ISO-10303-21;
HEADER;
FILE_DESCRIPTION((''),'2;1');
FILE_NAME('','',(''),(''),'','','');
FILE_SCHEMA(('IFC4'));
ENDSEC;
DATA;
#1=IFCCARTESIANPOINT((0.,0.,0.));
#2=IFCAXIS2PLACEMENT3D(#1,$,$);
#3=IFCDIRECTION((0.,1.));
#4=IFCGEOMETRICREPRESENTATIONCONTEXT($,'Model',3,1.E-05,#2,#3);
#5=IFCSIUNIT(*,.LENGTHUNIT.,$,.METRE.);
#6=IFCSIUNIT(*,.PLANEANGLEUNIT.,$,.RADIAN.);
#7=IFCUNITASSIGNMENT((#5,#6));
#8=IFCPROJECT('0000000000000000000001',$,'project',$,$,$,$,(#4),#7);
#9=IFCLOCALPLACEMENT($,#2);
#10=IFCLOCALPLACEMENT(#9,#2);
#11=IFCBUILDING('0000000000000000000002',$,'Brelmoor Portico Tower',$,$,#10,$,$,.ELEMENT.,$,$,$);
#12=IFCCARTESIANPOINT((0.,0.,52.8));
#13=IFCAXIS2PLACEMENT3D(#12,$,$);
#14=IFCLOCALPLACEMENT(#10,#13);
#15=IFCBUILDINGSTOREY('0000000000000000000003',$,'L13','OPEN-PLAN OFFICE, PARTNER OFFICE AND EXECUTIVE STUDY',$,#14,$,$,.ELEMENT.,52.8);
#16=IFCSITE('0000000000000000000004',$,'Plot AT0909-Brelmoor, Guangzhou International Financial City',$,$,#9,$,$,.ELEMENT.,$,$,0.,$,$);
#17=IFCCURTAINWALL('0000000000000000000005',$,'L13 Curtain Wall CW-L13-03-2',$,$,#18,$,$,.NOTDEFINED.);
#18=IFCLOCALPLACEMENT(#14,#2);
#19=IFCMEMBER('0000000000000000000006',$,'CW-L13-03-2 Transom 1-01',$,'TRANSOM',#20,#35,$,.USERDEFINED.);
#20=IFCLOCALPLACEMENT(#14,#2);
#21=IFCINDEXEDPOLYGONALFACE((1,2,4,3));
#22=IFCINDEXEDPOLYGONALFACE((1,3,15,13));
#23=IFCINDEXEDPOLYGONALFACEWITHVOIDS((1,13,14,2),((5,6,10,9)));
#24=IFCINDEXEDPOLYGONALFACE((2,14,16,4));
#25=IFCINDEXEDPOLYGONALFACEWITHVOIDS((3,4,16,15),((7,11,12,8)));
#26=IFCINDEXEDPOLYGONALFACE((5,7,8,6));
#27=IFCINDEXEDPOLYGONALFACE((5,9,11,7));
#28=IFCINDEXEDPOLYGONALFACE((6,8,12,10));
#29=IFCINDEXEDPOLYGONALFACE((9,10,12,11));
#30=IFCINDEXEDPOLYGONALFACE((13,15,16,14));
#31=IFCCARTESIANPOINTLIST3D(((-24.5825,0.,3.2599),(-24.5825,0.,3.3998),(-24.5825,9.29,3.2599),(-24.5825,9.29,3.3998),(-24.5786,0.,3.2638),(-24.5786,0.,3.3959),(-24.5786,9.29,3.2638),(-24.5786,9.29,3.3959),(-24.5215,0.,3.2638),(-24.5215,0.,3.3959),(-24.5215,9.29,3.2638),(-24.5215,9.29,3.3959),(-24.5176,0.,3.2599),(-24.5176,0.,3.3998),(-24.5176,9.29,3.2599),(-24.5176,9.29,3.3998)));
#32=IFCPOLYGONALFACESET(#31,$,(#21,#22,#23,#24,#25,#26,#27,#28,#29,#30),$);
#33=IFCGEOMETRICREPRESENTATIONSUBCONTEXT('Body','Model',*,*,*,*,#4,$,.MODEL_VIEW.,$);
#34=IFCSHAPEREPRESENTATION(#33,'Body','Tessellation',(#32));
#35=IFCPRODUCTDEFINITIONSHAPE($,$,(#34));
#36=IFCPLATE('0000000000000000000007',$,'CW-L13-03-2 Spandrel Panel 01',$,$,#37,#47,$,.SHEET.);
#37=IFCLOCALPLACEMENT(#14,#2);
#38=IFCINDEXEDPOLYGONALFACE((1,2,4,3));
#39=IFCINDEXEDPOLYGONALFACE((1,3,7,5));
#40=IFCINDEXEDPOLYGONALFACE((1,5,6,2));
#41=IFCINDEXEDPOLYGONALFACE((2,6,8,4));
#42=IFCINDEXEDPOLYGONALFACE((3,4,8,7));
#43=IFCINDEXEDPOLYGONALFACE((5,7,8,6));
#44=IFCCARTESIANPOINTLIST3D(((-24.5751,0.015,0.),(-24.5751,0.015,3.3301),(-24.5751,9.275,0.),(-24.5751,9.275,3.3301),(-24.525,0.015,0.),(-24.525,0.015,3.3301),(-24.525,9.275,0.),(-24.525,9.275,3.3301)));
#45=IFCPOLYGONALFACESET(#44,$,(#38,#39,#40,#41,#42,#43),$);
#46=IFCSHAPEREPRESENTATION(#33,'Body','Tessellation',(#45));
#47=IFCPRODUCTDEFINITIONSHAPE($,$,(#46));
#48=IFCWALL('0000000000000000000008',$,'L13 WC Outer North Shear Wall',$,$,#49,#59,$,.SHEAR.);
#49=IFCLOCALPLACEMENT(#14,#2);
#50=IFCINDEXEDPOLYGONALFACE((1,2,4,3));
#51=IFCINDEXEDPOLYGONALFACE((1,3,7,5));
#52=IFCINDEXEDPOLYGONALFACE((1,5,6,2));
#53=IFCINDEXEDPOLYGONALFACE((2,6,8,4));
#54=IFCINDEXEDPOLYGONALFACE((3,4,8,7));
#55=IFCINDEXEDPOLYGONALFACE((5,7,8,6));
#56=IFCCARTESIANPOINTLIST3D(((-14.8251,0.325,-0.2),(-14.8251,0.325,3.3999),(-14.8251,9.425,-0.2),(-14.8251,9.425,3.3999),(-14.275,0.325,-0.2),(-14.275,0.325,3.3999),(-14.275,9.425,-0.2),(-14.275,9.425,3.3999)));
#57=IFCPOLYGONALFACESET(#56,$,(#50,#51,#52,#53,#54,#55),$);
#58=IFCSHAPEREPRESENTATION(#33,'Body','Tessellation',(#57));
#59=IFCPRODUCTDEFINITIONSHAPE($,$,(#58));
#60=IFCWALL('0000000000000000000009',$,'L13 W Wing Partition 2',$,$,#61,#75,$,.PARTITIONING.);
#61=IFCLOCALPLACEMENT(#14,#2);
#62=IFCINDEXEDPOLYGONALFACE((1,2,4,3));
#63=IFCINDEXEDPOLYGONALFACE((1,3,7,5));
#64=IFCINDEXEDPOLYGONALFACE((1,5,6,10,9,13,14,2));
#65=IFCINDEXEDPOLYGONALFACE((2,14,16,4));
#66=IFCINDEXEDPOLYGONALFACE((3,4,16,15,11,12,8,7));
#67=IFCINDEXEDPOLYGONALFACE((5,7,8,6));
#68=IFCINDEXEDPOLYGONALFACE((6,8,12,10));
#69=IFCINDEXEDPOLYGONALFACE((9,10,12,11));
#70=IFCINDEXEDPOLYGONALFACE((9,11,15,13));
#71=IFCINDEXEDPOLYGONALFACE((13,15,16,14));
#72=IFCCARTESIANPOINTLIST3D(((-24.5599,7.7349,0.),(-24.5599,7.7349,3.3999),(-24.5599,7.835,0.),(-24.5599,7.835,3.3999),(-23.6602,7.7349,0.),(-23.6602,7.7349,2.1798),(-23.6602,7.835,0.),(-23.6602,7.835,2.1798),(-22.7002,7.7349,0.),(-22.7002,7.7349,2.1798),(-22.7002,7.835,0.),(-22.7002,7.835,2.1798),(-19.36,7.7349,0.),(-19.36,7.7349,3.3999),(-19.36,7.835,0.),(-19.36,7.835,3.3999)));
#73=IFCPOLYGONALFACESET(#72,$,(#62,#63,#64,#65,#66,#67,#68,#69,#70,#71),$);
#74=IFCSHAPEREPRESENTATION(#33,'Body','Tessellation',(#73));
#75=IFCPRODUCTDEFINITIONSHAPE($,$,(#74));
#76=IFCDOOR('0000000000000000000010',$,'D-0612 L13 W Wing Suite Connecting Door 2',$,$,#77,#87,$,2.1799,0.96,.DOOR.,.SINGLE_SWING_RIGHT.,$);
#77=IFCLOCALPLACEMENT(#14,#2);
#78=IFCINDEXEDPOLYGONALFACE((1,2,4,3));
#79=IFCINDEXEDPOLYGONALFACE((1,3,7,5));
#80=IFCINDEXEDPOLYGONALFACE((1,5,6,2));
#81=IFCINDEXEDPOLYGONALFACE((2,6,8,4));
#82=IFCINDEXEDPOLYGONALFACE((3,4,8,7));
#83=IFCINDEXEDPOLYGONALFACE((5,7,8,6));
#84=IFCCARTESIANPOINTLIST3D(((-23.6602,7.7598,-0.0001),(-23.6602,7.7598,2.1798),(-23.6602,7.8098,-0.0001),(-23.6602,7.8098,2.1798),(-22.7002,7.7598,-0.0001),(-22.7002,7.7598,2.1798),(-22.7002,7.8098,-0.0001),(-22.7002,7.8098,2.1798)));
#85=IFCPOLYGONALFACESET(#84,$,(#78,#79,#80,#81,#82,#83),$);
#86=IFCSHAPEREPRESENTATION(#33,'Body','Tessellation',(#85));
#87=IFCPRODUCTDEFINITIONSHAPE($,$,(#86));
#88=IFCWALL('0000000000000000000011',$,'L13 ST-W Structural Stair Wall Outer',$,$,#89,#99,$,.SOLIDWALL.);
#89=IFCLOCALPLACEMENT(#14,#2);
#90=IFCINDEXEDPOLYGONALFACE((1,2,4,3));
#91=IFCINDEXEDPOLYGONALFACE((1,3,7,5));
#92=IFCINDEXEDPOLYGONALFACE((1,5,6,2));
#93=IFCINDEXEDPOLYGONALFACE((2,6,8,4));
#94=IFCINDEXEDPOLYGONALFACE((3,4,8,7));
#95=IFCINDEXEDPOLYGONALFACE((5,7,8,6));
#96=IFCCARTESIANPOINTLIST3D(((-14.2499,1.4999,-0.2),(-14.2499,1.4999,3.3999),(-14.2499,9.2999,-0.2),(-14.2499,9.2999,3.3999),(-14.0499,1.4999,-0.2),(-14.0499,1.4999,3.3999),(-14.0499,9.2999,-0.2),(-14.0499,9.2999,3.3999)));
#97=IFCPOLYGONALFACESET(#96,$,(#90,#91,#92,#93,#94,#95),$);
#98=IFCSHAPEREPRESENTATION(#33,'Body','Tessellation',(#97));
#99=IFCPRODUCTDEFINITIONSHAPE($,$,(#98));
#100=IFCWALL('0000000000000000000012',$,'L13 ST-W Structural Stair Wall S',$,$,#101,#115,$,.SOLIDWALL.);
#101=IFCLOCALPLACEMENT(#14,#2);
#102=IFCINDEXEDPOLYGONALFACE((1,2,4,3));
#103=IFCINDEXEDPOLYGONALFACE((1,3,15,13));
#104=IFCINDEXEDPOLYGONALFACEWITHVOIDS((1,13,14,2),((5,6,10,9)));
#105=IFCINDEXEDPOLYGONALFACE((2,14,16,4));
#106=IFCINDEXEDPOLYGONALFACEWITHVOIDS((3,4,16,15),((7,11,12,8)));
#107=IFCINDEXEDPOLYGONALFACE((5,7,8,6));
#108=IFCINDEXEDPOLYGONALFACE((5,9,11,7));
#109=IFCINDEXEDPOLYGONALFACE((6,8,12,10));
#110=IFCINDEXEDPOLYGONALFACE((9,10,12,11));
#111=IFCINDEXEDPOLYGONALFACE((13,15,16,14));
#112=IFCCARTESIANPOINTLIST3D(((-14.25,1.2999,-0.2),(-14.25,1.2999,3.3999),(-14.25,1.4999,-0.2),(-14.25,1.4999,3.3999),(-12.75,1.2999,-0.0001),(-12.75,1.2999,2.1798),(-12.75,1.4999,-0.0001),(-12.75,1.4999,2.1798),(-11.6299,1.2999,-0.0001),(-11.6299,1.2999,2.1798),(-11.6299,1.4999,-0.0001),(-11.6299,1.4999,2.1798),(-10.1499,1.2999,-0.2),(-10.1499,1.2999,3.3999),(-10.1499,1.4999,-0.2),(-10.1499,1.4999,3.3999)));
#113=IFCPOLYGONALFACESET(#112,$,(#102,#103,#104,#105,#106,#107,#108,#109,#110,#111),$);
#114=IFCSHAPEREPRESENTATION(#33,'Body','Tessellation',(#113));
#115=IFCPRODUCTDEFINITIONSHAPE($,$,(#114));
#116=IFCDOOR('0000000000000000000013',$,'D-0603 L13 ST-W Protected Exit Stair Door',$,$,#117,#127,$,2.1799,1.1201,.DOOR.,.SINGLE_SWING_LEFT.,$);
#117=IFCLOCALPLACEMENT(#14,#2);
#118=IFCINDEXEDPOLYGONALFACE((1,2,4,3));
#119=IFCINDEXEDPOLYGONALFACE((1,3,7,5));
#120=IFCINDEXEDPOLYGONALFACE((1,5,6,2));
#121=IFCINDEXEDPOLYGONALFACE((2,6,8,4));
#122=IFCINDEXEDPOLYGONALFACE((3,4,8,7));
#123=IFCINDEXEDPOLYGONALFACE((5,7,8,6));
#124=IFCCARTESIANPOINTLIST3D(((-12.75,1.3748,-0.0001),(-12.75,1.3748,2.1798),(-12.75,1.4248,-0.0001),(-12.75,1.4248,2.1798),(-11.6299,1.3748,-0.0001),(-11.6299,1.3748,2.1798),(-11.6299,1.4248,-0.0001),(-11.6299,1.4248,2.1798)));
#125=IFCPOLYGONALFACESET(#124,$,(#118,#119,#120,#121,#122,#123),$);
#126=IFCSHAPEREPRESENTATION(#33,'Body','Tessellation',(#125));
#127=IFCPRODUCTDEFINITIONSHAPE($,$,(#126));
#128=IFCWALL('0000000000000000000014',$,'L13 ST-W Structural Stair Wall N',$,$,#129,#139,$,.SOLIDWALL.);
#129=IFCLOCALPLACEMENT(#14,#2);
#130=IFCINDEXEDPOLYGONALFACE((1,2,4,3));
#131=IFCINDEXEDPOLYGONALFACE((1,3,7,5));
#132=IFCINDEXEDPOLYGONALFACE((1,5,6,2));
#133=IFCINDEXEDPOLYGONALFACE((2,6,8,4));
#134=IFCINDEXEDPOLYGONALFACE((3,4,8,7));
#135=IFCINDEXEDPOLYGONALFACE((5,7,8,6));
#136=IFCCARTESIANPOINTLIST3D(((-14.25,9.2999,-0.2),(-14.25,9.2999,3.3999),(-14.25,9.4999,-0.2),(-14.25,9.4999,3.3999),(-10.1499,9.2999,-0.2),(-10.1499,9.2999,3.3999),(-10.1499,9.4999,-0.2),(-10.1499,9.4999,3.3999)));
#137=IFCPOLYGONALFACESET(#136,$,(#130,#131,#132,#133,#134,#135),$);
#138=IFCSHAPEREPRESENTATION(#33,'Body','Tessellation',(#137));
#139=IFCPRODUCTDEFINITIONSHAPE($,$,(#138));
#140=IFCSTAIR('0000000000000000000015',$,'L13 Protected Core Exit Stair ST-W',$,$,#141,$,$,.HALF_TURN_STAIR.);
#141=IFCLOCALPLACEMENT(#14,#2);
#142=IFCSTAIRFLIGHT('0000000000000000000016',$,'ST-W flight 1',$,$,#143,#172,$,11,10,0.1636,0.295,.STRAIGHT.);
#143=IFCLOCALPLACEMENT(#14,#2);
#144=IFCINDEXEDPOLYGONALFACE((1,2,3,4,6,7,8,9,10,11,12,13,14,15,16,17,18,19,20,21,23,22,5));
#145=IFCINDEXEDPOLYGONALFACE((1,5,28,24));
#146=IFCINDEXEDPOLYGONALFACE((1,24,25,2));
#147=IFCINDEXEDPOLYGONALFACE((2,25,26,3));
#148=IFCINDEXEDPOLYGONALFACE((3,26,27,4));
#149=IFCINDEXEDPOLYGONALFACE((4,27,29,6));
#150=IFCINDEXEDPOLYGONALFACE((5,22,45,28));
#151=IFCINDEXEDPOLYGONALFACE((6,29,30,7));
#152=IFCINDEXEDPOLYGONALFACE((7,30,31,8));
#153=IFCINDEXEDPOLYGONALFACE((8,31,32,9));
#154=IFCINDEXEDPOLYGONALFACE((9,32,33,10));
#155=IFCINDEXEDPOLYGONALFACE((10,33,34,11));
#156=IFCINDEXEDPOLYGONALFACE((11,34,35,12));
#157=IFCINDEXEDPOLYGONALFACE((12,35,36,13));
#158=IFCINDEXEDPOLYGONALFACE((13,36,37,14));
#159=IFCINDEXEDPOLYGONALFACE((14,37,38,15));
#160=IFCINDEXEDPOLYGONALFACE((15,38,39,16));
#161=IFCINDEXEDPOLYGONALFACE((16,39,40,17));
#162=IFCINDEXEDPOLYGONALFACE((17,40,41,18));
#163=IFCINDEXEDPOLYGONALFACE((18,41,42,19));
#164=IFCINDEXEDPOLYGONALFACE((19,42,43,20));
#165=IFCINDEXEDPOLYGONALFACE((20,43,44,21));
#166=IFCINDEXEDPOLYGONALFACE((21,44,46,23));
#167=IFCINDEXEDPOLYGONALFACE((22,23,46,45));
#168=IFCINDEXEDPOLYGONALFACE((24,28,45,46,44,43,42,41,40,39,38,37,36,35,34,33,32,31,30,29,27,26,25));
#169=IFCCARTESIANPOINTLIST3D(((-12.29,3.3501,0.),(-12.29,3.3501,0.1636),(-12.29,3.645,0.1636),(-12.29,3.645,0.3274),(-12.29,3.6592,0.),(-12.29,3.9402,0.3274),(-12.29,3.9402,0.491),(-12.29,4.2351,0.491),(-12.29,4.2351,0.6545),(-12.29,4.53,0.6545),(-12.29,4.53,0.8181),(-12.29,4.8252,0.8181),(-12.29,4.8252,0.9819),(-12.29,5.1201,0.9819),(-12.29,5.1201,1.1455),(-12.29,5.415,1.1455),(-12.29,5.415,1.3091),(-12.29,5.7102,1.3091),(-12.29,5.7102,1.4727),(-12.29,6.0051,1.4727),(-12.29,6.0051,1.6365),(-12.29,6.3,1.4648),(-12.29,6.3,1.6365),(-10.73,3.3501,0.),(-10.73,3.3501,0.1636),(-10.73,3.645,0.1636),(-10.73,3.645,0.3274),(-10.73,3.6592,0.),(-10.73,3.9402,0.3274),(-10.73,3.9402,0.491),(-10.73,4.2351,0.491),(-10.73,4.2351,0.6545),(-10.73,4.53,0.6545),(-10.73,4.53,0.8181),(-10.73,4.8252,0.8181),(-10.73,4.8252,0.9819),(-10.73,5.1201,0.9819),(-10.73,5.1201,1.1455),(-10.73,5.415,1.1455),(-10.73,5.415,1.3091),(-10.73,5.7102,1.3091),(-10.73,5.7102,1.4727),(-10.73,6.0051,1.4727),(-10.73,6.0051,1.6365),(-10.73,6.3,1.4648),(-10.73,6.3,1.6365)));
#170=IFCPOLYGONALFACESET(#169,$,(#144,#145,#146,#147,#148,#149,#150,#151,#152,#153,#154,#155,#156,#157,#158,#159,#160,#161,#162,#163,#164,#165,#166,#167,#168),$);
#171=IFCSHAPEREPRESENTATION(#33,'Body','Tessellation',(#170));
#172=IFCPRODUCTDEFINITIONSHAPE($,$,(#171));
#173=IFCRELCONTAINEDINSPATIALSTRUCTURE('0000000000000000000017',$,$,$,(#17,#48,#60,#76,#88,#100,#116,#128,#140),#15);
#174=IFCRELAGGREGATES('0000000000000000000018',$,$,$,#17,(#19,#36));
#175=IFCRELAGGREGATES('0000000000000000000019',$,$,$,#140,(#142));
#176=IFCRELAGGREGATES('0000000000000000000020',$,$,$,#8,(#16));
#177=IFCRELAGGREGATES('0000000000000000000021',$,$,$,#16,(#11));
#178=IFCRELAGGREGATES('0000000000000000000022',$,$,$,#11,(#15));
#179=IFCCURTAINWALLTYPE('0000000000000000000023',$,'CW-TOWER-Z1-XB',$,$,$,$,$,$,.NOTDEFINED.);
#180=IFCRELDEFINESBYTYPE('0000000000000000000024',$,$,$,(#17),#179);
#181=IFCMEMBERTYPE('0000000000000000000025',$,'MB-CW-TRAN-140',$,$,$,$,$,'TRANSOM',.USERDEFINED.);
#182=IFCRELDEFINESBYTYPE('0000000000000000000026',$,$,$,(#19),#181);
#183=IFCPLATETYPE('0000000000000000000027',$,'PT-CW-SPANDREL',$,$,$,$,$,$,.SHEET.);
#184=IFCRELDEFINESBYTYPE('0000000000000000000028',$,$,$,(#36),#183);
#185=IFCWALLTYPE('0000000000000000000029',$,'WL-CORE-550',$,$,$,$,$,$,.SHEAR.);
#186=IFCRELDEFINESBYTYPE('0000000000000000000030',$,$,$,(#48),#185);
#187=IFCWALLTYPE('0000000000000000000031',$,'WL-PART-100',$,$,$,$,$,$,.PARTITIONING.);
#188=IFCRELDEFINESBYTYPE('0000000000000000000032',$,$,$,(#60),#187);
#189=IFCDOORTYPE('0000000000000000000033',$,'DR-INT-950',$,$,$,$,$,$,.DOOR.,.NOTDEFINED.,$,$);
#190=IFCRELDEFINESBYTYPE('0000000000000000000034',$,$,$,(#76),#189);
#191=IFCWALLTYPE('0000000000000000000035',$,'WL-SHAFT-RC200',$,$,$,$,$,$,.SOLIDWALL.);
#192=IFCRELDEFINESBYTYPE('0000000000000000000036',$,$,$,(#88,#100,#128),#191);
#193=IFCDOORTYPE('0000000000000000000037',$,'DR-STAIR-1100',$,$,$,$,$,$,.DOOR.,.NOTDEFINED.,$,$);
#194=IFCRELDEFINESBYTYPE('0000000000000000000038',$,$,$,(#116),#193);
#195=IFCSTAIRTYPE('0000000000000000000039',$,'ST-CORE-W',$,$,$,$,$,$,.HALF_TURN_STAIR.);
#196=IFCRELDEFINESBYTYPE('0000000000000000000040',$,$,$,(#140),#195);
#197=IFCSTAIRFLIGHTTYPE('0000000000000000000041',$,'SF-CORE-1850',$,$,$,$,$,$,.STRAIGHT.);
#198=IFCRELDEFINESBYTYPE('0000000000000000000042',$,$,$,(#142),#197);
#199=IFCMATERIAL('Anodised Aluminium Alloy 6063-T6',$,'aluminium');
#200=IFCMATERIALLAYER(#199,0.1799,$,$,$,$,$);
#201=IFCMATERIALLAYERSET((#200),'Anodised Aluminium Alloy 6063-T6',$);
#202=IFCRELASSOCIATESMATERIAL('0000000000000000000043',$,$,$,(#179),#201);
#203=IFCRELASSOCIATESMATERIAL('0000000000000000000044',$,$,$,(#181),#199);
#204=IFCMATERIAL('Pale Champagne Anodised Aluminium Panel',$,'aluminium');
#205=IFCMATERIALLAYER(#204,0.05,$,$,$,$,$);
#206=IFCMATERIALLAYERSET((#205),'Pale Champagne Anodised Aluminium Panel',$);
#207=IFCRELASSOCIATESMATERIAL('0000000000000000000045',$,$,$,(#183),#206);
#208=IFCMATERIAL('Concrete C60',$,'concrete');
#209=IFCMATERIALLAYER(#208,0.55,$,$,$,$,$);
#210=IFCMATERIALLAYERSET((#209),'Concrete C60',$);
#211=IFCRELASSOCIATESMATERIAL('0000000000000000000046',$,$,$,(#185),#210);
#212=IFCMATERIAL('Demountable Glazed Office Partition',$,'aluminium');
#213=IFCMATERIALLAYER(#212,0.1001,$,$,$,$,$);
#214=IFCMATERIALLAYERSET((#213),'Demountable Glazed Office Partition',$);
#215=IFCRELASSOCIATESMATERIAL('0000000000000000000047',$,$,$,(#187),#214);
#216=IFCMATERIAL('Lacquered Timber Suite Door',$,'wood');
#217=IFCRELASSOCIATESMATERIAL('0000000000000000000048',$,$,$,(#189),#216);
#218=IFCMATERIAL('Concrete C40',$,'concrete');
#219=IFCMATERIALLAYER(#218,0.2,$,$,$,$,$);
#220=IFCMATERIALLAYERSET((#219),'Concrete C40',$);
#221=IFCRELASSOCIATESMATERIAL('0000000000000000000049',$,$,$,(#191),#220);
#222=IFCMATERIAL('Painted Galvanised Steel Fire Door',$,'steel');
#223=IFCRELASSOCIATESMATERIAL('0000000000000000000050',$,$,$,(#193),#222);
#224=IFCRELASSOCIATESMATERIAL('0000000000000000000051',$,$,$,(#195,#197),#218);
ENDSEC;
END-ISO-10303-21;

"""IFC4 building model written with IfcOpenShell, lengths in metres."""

from ifc_helpers import new_model, si_unit, direction, frame, frame_2d, origin, origin_2d, place, context, subcontext, project, spatial, polyline, rectangle, hollow_rectangle, outline, extrude, material, layer, layer_set, material_profile, profile_set, type_object, element, fill, aggregate, save


model = new_model("IFC4")

# Units and contexts
model_context = context("Model", 3, precision=1e-05, world=origin(), true_north=direction((0.0, 1.0)))
body_context = subcontext(model_context, "Body", "Model", "MODEL_VIEW")
ifc_project = project(units=[si_unit("LENGTHUNIT", "METRE"), si_unit("PLANEANGLEUNIT", "RADIAN")], contexts=[model_context])

# Site, building, storey
site_placement = place(None, origin())
site = spatial("IfcSite", under=ifc_project, at=site_placement, Name="Plot AT0909-Brelmoor, Guangzhou International Financial City", CompositionType="ELEMENT", RefElevation=0.0)
building_placement = place(site_placement, origin())
building = spatial("IfcBuilding", under=site, at=building_placement, Name="Brelmoor Portico Tower", CompositionType="ELEMENT")
storey_placement = place(building_placement, frame((0.0, 0.0, 52.8)))
storey = spatial("IfcBuildingStorey", under=building, at=storey_placement, Name="L13", Description="OPEN-PLAN OFFICE, PARTNER OFFICE AND EXECUTIVE STUDY", CompositionType="ELEMENT", Elevation=52.8)

# Curtain wall, member, plate
ifc_material_1 = material(Name="Anodised Aluminium Alloy 6063-T6", Category="aluminium")
ifc_layer_1 = layer(ifc_material_1, 0.1799)
ifc_layer_set_1 = layer_set([ifc_layer_1], Name="Anodised Aluminium Alloy 6063-T6")
curtain_wall_type = type_object("IfcCurtainWallType", Name="CW-TOWER-Z1-XB", PredefinedType="NOTDEFINED", material=ifc_layer_set_1)
curtain_wall_placement = place(storey_placement, origin())
curtain_wall = element("IfcCurtainWall", 1, at=curtain_wall_placement, inside=storey, type_object=curtain_wall_type, Name="L13 Curtain Wall CW-L13-03-2", PredefinedType="NOTDEFINED")
ifc_material_profile_1 = material_profile(ifc_material_1, hollow_rectangle(XDim=0.0649, YDim=0.1399, WallThickness=0.0039, at=origin_2d()), Name="ALU TRANSOM 65x140")
ifc_profile_set_1 = profile_set([ifc_material_profile_1], Name="Anodised Aluminium Alloy 6063-T6")
member_type_1 = type_object("IfcMemberType", Name="MB-CW-TRAN-140", ElementType="TRANSOM", PredefinedType="USERDEFINED", material=ifc_profile_set_1)
member_1_placement = place(storey_placement, frame((-24.55, 0.0, 3.3298), z_axis=(0.0, 1.0, 0.0), x_axis=(-1.0, 0.0, 0.0)))
member_1 = element("IfcMember", 2, at=member_1_placement, type_object=member_type_1, Name="CW-L13-03-2 Transom 1-01", ObjectType="TRANSOM", PredefinedType="USERDEFINED", context=body_context, shape_type="SweptSolid", body=[
    extrude(hollow_rectangle(XDim=0.0649, YDim=0.1399, WallThickness=0.0039, at=origin_2d()), origin(), (0.0, 0.0, 1.0), 9.29),
])
ifc_material_2 = material(Name="Pale Champagne Anodised Aluminium Panel", Category="aluminium")
ifc_layer_2 = layer(ifc_material_2, 0.05)
ifc_layer_set_2 = layer_set([ifc_layer_2], Name="Pale Champagne Anodised Aluminium Panel")
plate_type = type_object("IfcPlateType", Name="PT-CW-SPANDREL", PredefinedType="SHEET", material=ifc_layer_set_2)
plate_placement = place(storey_placement, frame((-24.55, 4.645, 0.0), z_axis=(0.0, 0.0, 1.0), x_axis=(0.0, 1.0, 0.0)))
plate = element("IfcPlate", 3, at=plate_placement, type_object=plate_type, Name="CW-L13-03-2 Spandrel Panel 01", PredefinedType="SHEET", context=body_context, shape_type="SweptSolid", body=[
    extrude(rectangle(XDim=9.26, YDim=0.05, at=origin_2d()), origin(), (0.0, 0.0, 1.0), 3.3301),
])
aggregate(curtain_wall, [member_1, plate])

# Wall
ifc_material_3 = material(Name="Concrete C60", Category="concrete")
ifc_layer_3 = layer(ifc_material_3, 0.55)
ifc_layer_set_3 = layer_set([ifc_layer_3], Name="Concrete C60")
wall_type_1 = type_object("IfcWallType", Name="WL-CORE-550", PredefinedType="SHEAR", material=ifc_layer_set_3)
wall_1_placement = place(storey_placement, frame((-14.55, 0.325, -0.2), z_axis=(0.0, 0.0, 1.0), x_axis=(0.0, 1.0, 0.0)))
element("IfcWall", 4, at=wall_1_placement, inside=storey, type_object=wall_type_1, Name="L13 WC Outer North Shear Wall", PredefinedType="SHEAR", context=body_context, shape_type="SweptSolid", body=[
    extrude(rectangle(XDim=9.1001, YDim=0.55, at=frame_2d((4.55, 0.0))), origin(), (0.0, 0.0, 1.0), 3.5999),
])

# Wall, opening, door
ifc_material_4 = material(Name="Demountable Glazed Office Partition", Category="aluminium")
ifc_layer_4 = layer(ifc_material_4, 0.1001)
ifc_layer_set_4 = layer_set([ifc_layer_4], Name="Demountable Glazed Office Partition")
wall_type_2 = type_object("IfcWallType", Name="WL-PART-100", PredefinedType="PARTITIONING", material=ifc_layer_set_4)
wall_2_placement = place(storey_placement, frame((-24.5601, 7.7849, 0.0), z_axis=(0.0, 0.0, 1.0), x_axis=(1.0, 0.0, 0.0)))
wall_2 = element("IfcWall", 5, at=wall_2_placement, inside=storey, type_object=wall_type_2, Name="L13 W Wing Partition 2", PredefinedType="PARTITIONING", context=body_context, shape_type="SweptSolid", body=[
    extrude(rectangle(XDim=5.2, YDim=0.1001, at=frame_2d((2.6001, 0.0))), origin(), (0.0, 0.0, 1.0), 3.3999),
])
opening_1_placement = place(wall_2_placement, frame((0.8999, 0.0, 0.0)))
opening_1 = element("IfcOpeningElement", 6, at=opening_1_placement, cuts=wall_2, PredefinedType="OPENING", context=body_context, shape_type="SweptSolid", body=[
    extrude(rectangle(XDim=0.96, YDim=2.1799, at=frame_2d((0.48, 1.0898))), frame((0.0, 0.0601, 0.0), z_axis=(0.0, -1.0, 0.0), x_axis=(1.0, 0.0, 0.0)), (0.0, 0.0, 1.0), 0.1201),
])
ifc_material_5 = material(Name="Lacquered Timber Suite Door", Category="wood")
door_type_1 = type_object("IfcDoorType", Name="DR-INT-950", OperationType="NOTDEFINED", PredefinedType="DOOR", material=ifc_material_5)
door_1_placement = place(opening_1_placement, origin())
door_1 = element("IfcDoor", 7, at=door_1_placement, inside=storey, type_object=door_type_1, Name="D-0612 L13 W Wing Suite Connecting Door 2", OperationType="SINGLE_SWING_RIGHT", OverallHeight=2.1799, OverallWidth=0.96, PredefinedType="DOOR", context=body_context, shape_type="SweptSolid", body=[
    extrude(rectangle(XDim=0.96, YDim=2.1799, at=frame_2d((0.48, 1.0898))), frame((0.0, 0.0249, 0.0), z_axis=(0.0, -1.0, 0.0), x_axis=(1.0, 0.0, 0.0)), (0.0, 0.0, 1.0), 0.05),
])
fill(opening_1, door_1)

# Wall
ifc_material_6 = material(Name="Concrete C40", Category="concrete")
ifc_layer_5 = layer(ifc_material_6, 0.2)
ifc_layer_set_5 = layer_set([ifc_layer_5], Name="Concrete C40")
wall_type_3 = type_object("IfcWallType", Name="WL-SHAFT-RC200", PredefinedType="SOLIDWALL", material=ifc_layer_set_5)
wall_3_placement = place(storey_placement, frame((-14.1499, 1.5, -0.2), z_axis=(0.0, 0.0, 1.0), x_axis=(0.0, 1.0, 0.0)))
element("IfcWall", 8, at=wall_3_placement, inside=storey, type_object=wall_type_3, Name="L13 ST-W Structural Stair Wall Outer", PredefinedType="SOLIDWALL", context=body_context, shape_type="SweptSolid", body=[
    extrude(rectangle(XDim=7.8, YDim=0.2, at=frame_2d((3.8999, 0.0))), origin(), (0.0, 0.0, 1.0), 3.5999),
])

# Wall, opening, door
wall_4_placement = place(storey_placement, frame((-14.25, 1.3999, -0.2), z_axis=(0.0, 0.0, 1.0), x_axis=(1.0, 0.0, 0.0)))
wall_4 = element("IfcWall", 9, at=wall_4_placement, inside=storey, type_object=wall_type_3, Name="L13 ST-W Structural Stair Wall S", PredefinedType="SOLIDWALL", context=body_context, shape_type="SweptSolid", body=[
    extrude(rectangle(XDim=4.1001, YDim=0.2, at=frame_2d((2.05, 0.0))), origin(), (0.0, 0.0, 1.0), 3.5999),
])
opening_2_placement = place(wall_4_placement, frame((1.5, 0.0, 0.2)))
opening_2 = element("IfcOpeningElement", 10, at=opening_2_placement, cuts=wall_4, PredefinedType="OPENING", context=body_context, shape_type="SweptSolid", body=[
    extrude(rectangle(XDim=1.1201, YDim=2.1799, at=frame_2d((0.5601, 1.0898))), frame((0.0, 0.1099, 0.0), z_axis=(0.0, -1.0, 0.0), x_axis=(1.0, 0.0, 0.0)), (0.0, 0.0, 1.0), 0.22),
])
ifc_material_7 = material(Name="Painted Galvanised Steel Fire Door", Category="steel")
door_type_2 = type_object("IfcDoorType", Name="DR-STAIR-1100", OperationType="NOTDEFINED", PredefinedType="DOOR", material=ifc_material_7)
door_2_placement = place(opening_2_placement, origin())
door_2 = element("IfcDoor", 11, at=door_2_placement, inside=storey, type_object=door_type_2, Name="D-0603 L13 ST-W Protected Exit Stair Door", OperationType="SINGLE_SWING_LEFT", OverallHeight=2.1799, OverallWidth=1.1201, PredefinedType="DOOR", context=body_context, shape_type="SweptSolid", body=[
    extrude(rectangle(XDim=1.1201, YDim=2.1799, at=frame_2d((0.5601, 1.0898))), frame((0.0, 0.0249, 0.0), z_axis=(0.0, -1.0, 0.0), x_axis=(1.0, 0.0, 0.0)), (0.0, 0.0, 1.0), 0.05),
])
fill(opening_2, door_2)

# Wall
wall_5_placement = place(storey_placement, frame((-14.25, 9.3999, -0.2), z_axis=(0.0, 0.0, 1.0), x_axis=(1.0, 0.0, 0.0)))
element("IfcWall", 12, at=wall_5_placement, inside=storey, type_object=wall_type_3, Name="L13 ST-W Structural Stair Wall N", PredefinedType="SOLIDWALL", context=body_context, shape_type="SweptSolid", body=[
    extrude(rectangle(XDim=4.1001, YDim=0.2, at=frame_2d((2.05, 0.0))), origin(), (0.0, 0.0, 1.0), 3.5999),
])

# Stair, stair flight
stair_type = type_object("IfcStairType", Name="ST-CORE-W", PredefinedType="HALF_TURN_STAIR", material=ifc_material_6)
stair_placement = place(storey_placement, origin())
stair = element("IfcStair", 13, at=stair_placement, inside=storey, type_object=stair_type, Name="L13 Protected Core Exit Stair ST-W", PredefinedType="HALF_TURN_STAIR")
stair_flight_type = type_object("IfcStairFlightType", Name="SF-CORE-1850", PredefinedType="STRAIGHT", material=ifc_material_6)
stair_flight_1_placement = place(storey_placement, frame((-11.51, 3.3501, 0.0), z_axis=(0.0, 0.0, 1.0), x_axis=(0.0, 1.0, 0.0)))
stair_flight_1 = element("IfcStairFlight", 14, at=stair_flight_1_placement, type_object=stair_flight_type, Name="ST-W flight 1", NumberOfRisers=11, NumberOfTreads=10, PredefinedType="STRAIGHT", RiserHeight=0.1636, TreadLength=0.295, context=body_context, shape_type="SweptSolid", body=[
    extrude(outline(polyline([(0.0, 0.0), (0.0, 0.1636), (0.2949, 0.1636), (0.2949, 0.3274), (0.5901, 0.3274), (0.5901, 0.491), (0.885, 0.491), (0.885, 0.6545), (1.1799, 0.6545), (1.1799, 0.8181), (1.4751, 0.8181), (1.4751, 0.9819), (1.77, 0.9819), (1.77, 1.1455), (2.0649, 1.1455), (2.0649, 1.3091), (2.3601, 1.3091), (2.3601, 1.4727), (2.655, 1.4727), (2.655, 1.6365), (2.95, 1.6365), (2.95, 1.8), (2.95, 1.4648), (0.3091, 0.0), (0.0, 0.0)])), frame((0.0, 0.78, 0.0), z_axis=(0.0, -1.0, 0.0), x_axis=(1.0, 0.0, 0.0)), (0.0, 0.0, 1.0), 1.5601),
])
aggregate(stair, [stair_flight_1])

save(model, "model.ifc")
